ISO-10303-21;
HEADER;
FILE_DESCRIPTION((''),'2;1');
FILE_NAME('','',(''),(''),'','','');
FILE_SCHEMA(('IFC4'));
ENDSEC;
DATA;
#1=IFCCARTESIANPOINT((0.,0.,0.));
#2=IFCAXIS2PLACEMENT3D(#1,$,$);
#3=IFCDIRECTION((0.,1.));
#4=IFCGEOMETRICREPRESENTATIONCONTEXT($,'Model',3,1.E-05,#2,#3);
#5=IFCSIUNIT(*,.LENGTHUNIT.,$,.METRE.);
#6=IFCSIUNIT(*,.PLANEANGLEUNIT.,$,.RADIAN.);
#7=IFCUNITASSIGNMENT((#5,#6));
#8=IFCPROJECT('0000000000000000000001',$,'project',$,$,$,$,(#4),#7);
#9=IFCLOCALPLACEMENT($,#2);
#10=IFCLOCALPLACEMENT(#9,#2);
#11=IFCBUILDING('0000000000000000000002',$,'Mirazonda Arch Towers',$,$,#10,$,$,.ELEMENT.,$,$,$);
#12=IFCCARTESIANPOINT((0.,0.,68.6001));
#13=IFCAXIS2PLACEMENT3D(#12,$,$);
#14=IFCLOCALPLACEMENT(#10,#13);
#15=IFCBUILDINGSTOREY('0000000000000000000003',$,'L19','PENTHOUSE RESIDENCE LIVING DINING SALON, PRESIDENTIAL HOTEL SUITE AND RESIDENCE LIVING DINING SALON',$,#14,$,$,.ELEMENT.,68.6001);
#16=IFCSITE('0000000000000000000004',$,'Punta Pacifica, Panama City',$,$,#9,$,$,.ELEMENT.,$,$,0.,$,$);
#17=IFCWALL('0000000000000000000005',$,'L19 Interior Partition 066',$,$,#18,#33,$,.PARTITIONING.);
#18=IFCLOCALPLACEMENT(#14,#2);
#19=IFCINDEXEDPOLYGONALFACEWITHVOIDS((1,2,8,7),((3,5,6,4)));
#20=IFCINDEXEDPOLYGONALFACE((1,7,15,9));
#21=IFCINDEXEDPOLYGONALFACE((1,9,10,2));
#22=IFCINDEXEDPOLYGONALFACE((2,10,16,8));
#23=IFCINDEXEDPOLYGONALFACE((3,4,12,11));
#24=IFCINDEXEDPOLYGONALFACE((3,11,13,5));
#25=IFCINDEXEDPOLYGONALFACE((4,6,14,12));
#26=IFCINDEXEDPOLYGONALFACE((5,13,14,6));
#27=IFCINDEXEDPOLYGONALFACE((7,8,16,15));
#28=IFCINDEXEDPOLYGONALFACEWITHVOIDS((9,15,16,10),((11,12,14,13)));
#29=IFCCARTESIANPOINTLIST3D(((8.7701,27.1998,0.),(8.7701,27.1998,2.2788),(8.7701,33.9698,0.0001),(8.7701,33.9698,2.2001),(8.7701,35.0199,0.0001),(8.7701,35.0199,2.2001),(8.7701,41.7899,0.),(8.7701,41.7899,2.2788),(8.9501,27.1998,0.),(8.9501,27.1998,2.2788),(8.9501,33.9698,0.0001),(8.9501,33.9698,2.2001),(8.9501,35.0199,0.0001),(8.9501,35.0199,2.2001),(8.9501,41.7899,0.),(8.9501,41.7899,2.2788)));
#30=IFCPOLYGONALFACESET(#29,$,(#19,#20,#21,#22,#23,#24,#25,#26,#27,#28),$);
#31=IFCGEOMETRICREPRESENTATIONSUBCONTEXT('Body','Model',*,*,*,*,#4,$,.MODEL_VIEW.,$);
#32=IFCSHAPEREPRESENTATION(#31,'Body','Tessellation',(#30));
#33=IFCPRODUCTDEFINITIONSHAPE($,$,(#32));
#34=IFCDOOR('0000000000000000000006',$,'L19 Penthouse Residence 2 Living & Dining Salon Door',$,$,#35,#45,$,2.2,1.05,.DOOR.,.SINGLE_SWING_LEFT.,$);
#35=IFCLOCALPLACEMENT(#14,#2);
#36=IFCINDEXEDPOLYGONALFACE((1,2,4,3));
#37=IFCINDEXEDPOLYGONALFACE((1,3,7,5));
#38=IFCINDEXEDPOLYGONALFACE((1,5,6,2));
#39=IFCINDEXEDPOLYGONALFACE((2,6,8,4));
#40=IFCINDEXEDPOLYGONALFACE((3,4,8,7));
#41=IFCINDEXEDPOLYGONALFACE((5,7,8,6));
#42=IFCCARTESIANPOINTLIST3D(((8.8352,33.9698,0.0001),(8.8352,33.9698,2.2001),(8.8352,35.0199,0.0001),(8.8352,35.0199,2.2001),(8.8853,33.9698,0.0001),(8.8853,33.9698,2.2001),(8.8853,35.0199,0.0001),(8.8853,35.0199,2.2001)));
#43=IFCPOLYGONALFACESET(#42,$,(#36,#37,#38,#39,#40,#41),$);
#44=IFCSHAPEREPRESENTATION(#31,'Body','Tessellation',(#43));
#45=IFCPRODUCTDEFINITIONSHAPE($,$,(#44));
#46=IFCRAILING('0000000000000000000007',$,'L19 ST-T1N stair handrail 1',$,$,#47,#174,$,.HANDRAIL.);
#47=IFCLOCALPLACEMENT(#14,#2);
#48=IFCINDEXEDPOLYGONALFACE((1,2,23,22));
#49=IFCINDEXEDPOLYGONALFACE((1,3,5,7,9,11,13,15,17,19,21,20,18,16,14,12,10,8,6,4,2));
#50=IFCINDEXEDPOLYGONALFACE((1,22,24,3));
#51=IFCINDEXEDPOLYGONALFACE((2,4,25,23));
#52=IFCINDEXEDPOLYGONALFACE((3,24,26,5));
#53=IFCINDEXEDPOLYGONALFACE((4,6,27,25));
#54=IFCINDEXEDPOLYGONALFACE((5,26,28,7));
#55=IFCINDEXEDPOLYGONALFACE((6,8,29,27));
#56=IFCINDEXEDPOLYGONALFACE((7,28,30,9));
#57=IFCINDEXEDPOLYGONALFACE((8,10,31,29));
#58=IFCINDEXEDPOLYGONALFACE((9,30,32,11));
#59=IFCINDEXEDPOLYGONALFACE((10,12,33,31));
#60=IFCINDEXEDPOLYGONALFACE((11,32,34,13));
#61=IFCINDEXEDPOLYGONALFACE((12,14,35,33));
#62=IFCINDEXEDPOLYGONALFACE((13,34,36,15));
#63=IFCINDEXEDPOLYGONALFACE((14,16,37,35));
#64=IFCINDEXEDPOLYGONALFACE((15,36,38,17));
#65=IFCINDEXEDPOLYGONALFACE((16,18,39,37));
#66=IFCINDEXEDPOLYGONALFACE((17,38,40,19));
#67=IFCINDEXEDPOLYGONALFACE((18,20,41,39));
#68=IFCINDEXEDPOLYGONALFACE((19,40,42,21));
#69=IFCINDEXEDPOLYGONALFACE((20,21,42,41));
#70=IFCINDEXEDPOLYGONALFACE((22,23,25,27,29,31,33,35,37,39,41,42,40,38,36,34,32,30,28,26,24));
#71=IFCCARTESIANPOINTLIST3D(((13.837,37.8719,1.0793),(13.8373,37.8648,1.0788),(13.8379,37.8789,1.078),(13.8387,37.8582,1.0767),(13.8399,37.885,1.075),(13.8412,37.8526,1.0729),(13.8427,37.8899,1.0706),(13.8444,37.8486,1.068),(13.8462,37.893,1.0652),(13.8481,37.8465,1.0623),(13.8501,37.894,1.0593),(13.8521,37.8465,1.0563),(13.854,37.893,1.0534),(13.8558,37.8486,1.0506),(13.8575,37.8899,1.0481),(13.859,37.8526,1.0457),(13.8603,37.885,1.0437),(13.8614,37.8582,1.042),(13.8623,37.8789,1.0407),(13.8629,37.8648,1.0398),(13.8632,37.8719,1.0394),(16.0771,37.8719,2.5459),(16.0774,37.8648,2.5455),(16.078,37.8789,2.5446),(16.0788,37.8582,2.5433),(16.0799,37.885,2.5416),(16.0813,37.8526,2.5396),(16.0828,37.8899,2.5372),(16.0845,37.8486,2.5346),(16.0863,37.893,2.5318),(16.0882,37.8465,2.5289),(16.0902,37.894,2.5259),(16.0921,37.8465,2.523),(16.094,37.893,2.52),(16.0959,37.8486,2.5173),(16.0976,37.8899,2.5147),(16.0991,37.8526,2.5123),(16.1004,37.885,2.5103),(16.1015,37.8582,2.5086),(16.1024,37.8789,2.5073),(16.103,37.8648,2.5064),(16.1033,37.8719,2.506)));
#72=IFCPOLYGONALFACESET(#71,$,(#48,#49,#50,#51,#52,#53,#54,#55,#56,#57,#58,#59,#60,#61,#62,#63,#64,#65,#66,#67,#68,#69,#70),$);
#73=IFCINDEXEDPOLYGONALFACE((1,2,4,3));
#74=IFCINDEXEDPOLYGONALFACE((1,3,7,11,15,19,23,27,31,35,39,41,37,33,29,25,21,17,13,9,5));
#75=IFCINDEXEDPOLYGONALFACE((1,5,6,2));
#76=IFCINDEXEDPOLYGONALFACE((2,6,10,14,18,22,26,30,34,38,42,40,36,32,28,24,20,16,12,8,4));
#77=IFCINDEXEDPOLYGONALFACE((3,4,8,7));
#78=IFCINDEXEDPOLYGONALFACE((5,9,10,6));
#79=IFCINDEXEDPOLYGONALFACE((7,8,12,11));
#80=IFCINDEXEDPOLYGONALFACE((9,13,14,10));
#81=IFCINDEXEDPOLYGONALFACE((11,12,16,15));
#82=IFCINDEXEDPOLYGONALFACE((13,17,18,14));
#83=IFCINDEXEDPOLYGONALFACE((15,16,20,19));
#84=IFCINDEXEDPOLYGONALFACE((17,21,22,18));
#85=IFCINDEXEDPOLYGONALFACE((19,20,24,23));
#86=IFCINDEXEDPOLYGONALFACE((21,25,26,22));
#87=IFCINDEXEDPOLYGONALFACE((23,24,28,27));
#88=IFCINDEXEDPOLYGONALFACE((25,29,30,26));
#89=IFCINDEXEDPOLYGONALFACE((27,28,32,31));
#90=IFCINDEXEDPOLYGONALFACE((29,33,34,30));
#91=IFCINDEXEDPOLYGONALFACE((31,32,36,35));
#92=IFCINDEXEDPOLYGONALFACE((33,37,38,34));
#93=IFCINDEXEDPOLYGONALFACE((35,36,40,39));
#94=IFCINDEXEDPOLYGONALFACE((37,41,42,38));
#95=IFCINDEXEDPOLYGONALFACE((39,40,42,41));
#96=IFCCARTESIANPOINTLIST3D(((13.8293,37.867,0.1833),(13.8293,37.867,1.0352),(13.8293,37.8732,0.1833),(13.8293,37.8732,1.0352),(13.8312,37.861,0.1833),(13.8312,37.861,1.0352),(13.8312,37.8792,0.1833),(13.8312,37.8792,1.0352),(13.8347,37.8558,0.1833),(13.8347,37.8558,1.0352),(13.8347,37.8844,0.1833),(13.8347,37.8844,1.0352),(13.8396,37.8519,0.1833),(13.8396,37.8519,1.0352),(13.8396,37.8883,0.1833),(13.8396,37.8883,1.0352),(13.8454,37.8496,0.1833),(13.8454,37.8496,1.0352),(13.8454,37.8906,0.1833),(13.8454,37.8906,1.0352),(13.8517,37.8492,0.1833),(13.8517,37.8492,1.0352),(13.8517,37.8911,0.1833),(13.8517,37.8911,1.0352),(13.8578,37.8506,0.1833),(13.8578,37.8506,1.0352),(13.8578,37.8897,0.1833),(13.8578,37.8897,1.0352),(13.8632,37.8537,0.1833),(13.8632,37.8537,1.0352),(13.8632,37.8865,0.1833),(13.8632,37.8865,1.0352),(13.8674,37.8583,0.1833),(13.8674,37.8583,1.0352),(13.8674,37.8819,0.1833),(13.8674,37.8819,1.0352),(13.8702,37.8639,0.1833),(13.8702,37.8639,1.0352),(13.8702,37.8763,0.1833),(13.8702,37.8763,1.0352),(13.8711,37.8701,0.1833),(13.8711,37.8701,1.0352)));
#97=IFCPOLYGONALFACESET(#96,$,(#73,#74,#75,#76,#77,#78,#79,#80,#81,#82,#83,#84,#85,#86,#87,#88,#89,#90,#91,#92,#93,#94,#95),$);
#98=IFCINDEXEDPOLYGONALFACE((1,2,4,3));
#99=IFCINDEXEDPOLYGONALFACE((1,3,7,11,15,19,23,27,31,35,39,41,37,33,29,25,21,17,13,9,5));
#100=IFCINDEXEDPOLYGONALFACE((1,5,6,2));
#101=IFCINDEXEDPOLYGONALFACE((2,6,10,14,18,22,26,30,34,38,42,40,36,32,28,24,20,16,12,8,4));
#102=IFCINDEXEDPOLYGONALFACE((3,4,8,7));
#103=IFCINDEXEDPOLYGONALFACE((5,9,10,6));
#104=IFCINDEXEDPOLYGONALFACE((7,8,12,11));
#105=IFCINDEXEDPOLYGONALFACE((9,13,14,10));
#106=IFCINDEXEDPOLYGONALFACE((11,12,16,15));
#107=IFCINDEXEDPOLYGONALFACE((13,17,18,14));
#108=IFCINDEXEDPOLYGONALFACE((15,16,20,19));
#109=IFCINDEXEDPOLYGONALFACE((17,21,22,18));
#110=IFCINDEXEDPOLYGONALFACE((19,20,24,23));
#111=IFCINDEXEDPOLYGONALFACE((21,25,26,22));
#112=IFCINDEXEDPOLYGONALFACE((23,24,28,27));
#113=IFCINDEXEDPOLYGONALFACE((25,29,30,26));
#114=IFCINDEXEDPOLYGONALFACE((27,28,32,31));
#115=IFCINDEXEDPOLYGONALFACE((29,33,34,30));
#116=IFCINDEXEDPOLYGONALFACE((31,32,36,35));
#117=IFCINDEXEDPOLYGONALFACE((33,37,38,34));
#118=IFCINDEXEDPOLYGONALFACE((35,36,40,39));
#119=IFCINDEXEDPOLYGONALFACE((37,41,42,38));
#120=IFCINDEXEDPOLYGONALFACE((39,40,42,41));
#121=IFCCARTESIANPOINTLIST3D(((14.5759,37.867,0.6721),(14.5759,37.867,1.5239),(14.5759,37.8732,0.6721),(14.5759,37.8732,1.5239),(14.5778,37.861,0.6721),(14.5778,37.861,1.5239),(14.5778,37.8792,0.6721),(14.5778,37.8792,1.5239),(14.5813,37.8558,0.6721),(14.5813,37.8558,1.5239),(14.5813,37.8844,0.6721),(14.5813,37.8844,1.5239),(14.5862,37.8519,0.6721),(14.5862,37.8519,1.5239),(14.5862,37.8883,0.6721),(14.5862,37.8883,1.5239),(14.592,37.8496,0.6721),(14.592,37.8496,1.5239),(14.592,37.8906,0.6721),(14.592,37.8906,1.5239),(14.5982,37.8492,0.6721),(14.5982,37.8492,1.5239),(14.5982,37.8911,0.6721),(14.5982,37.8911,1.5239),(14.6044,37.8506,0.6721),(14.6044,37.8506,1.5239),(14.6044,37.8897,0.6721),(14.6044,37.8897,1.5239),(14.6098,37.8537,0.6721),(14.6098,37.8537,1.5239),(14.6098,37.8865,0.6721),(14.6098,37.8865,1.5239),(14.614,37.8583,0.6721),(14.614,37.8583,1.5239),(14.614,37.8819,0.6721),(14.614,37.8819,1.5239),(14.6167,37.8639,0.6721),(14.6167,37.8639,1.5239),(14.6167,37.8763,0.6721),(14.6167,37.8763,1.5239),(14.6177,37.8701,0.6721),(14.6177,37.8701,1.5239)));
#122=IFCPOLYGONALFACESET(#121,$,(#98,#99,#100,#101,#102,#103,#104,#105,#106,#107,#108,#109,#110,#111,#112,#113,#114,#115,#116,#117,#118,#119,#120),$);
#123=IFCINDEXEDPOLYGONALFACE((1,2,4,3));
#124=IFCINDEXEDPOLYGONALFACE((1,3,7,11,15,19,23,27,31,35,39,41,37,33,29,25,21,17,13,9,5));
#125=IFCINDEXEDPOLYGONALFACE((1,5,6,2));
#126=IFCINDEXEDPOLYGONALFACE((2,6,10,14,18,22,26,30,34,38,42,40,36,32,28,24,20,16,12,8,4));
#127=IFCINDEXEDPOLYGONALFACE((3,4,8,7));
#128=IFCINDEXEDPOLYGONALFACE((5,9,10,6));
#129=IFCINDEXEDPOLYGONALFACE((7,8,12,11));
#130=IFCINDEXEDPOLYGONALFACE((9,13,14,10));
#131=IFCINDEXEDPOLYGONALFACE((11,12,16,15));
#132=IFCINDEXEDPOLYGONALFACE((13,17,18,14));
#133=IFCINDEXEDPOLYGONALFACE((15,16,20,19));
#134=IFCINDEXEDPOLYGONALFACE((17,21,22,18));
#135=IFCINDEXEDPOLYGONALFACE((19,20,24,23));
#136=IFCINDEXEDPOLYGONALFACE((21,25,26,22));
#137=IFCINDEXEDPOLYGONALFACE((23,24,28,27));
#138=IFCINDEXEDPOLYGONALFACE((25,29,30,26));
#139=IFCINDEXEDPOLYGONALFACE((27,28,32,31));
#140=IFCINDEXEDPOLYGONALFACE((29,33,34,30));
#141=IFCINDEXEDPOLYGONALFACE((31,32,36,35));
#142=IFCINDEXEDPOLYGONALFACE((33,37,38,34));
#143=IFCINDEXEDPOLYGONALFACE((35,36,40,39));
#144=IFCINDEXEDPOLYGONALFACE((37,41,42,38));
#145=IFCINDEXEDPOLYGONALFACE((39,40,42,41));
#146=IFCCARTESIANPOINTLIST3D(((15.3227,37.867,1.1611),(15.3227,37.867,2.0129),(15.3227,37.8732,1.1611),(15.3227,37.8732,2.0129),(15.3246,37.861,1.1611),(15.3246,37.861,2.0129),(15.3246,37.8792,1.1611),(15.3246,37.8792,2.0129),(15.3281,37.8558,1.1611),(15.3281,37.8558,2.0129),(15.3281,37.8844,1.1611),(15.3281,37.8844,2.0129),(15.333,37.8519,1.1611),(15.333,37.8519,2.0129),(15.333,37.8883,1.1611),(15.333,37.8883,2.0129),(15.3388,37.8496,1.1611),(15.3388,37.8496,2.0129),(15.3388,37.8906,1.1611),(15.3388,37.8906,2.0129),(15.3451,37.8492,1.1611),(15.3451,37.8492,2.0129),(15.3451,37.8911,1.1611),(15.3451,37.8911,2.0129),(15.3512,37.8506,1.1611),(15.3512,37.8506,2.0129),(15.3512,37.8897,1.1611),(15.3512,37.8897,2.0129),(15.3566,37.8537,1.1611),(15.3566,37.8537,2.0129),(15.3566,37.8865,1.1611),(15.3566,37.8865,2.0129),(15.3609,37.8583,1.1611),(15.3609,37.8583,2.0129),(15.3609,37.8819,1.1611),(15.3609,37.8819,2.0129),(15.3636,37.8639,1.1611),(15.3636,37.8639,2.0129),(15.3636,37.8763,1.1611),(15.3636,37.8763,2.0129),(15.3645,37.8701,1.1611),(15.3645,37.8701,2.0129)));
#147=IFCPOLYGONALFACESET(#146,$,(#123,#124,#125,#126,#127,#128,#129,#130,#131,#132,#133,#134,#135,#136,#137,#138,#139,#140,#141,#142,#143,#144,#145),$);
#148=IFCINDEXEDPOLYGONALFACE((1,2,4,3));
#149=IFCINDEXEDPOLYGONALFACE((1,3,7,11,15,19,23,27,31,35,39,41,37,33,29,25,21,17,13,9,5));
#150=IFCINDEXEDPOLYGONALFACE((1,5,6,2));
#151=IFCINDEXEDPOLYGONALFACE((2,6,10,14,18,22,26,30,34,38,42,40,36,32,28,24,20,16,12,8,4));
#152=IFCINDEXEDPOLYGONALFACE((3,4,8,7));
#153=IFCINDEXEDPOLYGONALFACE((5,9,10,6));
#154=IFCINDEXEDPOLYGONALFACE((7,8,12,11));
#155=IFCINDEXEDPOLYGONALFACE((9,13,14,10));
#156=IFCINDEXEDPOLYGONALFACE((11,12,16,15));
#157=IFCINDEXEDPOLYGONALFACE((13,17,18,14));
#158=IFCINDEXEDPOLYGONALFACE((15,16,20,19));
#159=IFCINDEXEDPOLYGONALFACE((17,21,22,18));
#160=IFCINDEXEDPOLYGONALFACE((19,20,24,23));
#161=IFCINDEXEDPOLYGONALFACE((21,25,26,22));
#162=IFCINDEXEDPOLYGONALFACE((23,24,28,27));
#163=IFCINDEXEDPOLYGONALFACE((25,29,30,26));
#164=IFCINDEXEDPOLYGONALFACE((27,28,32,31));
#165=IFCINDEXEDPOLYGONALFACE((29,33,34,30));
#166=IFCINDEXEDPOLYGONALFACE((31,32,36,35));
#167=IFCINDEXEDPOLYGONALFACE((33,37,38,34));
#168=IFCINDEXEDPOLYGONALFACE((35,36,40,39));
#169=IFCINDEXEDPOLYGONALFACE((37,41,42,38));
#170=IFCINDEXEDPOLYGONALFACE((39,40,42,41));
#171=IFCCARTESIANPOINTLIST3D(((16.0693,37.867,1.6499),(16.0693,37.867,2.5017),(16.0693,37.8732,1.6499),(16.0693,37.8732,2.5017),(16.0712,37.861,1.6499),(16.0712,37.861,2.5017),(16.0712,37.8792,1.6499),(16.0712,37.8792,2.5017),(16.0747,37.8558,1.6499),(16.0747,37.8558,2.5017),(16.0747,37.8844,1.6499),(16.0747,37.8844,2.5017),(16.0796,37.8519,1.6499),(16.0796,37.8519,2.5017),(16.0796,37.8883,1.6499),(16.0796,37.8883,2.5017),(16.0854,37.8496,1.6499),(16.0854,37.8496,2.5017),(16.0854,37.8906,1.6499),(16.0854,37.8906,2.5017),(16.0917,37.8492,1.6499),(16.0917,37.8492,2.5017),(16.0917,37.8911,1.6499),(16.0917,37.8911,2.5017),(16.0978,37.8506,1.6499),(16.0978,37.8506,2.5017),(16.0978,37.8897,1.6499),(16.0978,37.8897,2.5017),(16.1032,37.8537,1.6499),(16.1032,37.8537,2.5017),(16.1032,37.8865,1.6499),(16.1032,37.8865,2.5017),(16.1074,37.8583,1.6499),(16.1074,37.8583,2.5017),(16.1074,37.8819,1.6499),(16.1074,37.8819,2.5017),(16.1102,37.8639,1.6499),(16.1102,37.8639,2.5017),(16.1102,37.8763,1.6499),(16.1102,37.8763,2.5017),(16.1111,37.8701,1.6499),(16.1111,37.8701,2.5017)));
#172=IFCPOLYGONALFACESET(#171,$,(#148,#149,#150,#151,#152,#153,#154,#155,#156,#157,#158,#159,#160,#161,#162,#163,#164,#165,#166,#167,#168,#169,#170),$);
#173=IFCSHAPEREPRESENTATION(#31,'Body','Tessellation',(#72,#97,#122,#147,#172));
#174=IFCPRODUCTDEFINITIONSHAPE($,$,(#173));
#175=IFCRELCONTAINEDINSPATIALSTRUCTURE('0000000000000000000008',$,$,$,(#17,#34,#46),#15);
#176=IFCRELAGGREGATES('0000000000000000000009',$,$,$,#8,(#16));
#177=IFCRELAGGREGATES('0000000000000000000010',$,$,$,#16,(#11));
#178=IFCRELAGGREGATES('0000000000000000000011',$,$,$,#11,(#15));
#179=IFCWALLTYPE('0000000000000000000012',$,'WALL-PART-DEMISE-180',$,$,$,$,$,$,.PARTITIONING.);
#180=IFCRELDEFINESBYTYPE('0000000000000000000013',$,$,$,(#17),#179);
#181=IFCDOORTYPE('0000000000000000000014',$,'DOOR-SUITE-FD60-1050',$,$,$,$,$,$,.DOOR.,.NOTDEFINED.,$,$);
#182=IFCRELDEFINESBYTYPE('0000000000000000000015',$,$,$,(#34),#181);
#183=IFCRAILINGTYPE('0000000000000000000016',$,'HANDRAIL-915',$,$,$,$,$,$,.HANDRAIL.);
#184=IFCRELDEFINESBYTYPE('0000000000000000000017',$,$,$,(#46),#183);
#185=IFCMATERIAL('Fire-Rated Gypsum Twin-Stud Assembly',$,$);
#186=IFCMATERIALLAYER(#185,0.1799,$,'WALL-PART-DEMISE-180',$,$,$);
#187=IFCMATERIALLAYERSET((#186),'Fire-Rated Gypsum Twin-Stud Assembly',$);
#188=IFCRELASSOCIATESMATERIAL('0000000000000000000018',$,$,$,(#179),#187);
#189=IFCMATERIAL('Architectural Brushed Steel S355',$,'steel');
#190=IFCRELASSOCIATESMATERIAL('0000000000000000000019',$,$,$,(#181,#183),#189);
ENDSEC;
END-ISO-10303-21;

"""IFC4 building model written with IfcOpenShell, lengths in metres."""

from ifc_helpers import new_model, si_unit, direction, frame, frame_2d, origin, origin_2d, place, context, subcontext, project, spatial, rectangle, circle, extrude, material, layer, layer_set, type_object, element, fill, save


model = new_model("IFC4")

# Units and contexts
model_context = context("Model", 3, precision=1e-05, world=origin(), true_north=direction((0.0, 1.0)))
body_context = subcontext(model_context, "Body", "Model", "MODEL_VIEW")
ifc_project = project(units=[si_unit("LENGTHUNIT", "METRE"), si_unit("PLANEANGLEUNIT", "RADIAN")], contexts=[model_context])

# Site, building, storey
site_placement = place(None, origin())
site = spatial("IfcSite", under=ifc_project, at=site_placement, Name="Punta Pacifica, Panama City", CompositionType="ELEMENT", RefElevation=0.0)
building_placement = place(site_placement, origin())
building = spatial("IfcBuilding", under=site, at=building_placement, Name="Mirazonda Arch Towers", CompositionType="ELEMENT")
storey_placement = place(building_placement, frame((0.0, 0.0, 68.6001)))
storey = spatial("IfcBuildingStorey", under=building, at=storey_placement, Name="L19", Description="PENTHOUSE RESIDENCE LIVING DINING SALON, PRESIDENTIAL HOTEL SUITE AND RESIDENCE LIVING DINING SALON", CompositionType="ELEMENT", Elevation=68.6001)

# Shared definitions
ifc_material_1 = material(Name="Architectural Brushed Steel S355", Category="steel")

# Wall, opening, door
ifc_material_2 = material(Name="Fire-Rated Gypsum Twin-Stud Assembly")
ifc_layer_1 = layer(ifc_material_2, 0.1799, Name="WALL-PART-DEMISE-180")
ifc_layer_set_1 = layer_set([ifc_layer_1], Name="Fire-Rated Gypsum Twin-Stud Assembly")
wall_type_1 = type_object("IfcWallType", Name="WALL-PART-DEMISE-180", PredefinedType="PARTITIONING", material=ifc_layer_set_1)
wall_1_placement = place(storey_placement, frame((8.8601, 27.2, 0.0), z_axis=(0.0, 0.0, 1.0), x_axis=(0.0, 1.0, 0.0)))
wall_1 = element("IfcWall", 1, at=wall_1_placement, inside=storey, type_object=wall_type_1, Name="L19 Interior Partition 066", PredefinedType="PARTITIONING", context=body_context, shape_type="SweptSolid", body=[
    extrude(rectangle(XDim=14.5901, YDim=0.1799, at=frame_2d((7.2949, 0.0))), origin(), (0.0, 0.0, 1.0), 2.2788),
])
opening_1_placement = place(wall_1_placement, frame((6.77, 0.0, 0.0)))
opening_1 = element("IfcOpeningElement", 2, at=opening_1_placement, cuts=wall_1, PredefinedType="OPENING", context=body_context, shape_type="SweptSolid", body=[
    extrude(rectangle(XDim=1.05, YDim=2.2, at=frame_2d((0.5249, 1.1001))), frame((0.0, 0.0999, 0.0), z_axis=(0.0, -1.0, 0.0), x_axis=(1.0, 0.0, 0.0)), (0.0, 0.0, 1.0), 0.2),
])
door_type_1 = type_object("IfcDoorType", Name="DOOR-SUITE-FD60-1050", OperationType="NOTDEFINED", PredefinedType="DOOR", material=ifc_material_1)
door_1_placement = place(opening_1_placement, origin())
door_1 = element("IfcDoor", 3, at=door_1_placement, inside=storey, type_object=door_type_1, Name="L19 Penthouse Residence 2 Living & Dining Salon Door", OperationType="SINGLE_SWING_LEFT", OverallHeight=2.2, OverallWidth=1.05, PredefinedType="DOOR", context=body_context, shape_type="SweptSolid", body=[
    extrude(rectangle(XDim=1.05, YDim=2.2, at=frame_2d((0.5249, 1.1001))), frame((0.0, 0.0249, 0.0), z_axis=(0.0, -1.0, 0.0), x_axis=(1.0, 0.0, 0.0)), (0.0, 0.0, 1.0), 0.05),
])
fill(opening_1, door_1)

# Railing
railing_type = type_object("IfcRailingType", Name="HANDRAIL-915", PredefinedType="HANDRAIL", material=ifc_material_1)
railing_placement = place(storey_placement, frame((13.8501, 37.8701, 0.1833)))
element("IfcRailing", 4, at=railing_placement, inside=storey, type_object=railing_type, Name="L19 ST-T1N stair handrail 1", PredefinedType="HANDRAIL", context=body_context, shape_type="SweptSolid", body=[
    extrude(circle(Radius=0.0239, at=origin_2d()), frame((0.0, 0.0, 0.876), z_axis=(0.836637, 0.0, 0.547758), x_axis=(0.0, 1.0, 0.0)), (0.0, 0.0, 1.0), 2.6775),
    extrude(circle(Radius=0.021, at=origin_2d()), origin(), (0.0, 0.0, 1.0), 0.8518),
    extrude(circle(Radius=0.021, at=origin_2d()), frame((0.7466, 0.0, 0.4888)), (0.0, 0.0, 1.0), 0.8518),
    extrude(circle(Radius=0.021, at=origin_2d()), frame((1.4934, 0.0, 0.9778)), (0.0, 0.0, 1.0), 0.8518),
    extrude(circle(Radius=0.021, at=origin_2d()), frame((2.24, 0.0, 1.4666)), (0.0, 0.0, 1.0), 0.8518),
])

save(model, "model.ifc")
